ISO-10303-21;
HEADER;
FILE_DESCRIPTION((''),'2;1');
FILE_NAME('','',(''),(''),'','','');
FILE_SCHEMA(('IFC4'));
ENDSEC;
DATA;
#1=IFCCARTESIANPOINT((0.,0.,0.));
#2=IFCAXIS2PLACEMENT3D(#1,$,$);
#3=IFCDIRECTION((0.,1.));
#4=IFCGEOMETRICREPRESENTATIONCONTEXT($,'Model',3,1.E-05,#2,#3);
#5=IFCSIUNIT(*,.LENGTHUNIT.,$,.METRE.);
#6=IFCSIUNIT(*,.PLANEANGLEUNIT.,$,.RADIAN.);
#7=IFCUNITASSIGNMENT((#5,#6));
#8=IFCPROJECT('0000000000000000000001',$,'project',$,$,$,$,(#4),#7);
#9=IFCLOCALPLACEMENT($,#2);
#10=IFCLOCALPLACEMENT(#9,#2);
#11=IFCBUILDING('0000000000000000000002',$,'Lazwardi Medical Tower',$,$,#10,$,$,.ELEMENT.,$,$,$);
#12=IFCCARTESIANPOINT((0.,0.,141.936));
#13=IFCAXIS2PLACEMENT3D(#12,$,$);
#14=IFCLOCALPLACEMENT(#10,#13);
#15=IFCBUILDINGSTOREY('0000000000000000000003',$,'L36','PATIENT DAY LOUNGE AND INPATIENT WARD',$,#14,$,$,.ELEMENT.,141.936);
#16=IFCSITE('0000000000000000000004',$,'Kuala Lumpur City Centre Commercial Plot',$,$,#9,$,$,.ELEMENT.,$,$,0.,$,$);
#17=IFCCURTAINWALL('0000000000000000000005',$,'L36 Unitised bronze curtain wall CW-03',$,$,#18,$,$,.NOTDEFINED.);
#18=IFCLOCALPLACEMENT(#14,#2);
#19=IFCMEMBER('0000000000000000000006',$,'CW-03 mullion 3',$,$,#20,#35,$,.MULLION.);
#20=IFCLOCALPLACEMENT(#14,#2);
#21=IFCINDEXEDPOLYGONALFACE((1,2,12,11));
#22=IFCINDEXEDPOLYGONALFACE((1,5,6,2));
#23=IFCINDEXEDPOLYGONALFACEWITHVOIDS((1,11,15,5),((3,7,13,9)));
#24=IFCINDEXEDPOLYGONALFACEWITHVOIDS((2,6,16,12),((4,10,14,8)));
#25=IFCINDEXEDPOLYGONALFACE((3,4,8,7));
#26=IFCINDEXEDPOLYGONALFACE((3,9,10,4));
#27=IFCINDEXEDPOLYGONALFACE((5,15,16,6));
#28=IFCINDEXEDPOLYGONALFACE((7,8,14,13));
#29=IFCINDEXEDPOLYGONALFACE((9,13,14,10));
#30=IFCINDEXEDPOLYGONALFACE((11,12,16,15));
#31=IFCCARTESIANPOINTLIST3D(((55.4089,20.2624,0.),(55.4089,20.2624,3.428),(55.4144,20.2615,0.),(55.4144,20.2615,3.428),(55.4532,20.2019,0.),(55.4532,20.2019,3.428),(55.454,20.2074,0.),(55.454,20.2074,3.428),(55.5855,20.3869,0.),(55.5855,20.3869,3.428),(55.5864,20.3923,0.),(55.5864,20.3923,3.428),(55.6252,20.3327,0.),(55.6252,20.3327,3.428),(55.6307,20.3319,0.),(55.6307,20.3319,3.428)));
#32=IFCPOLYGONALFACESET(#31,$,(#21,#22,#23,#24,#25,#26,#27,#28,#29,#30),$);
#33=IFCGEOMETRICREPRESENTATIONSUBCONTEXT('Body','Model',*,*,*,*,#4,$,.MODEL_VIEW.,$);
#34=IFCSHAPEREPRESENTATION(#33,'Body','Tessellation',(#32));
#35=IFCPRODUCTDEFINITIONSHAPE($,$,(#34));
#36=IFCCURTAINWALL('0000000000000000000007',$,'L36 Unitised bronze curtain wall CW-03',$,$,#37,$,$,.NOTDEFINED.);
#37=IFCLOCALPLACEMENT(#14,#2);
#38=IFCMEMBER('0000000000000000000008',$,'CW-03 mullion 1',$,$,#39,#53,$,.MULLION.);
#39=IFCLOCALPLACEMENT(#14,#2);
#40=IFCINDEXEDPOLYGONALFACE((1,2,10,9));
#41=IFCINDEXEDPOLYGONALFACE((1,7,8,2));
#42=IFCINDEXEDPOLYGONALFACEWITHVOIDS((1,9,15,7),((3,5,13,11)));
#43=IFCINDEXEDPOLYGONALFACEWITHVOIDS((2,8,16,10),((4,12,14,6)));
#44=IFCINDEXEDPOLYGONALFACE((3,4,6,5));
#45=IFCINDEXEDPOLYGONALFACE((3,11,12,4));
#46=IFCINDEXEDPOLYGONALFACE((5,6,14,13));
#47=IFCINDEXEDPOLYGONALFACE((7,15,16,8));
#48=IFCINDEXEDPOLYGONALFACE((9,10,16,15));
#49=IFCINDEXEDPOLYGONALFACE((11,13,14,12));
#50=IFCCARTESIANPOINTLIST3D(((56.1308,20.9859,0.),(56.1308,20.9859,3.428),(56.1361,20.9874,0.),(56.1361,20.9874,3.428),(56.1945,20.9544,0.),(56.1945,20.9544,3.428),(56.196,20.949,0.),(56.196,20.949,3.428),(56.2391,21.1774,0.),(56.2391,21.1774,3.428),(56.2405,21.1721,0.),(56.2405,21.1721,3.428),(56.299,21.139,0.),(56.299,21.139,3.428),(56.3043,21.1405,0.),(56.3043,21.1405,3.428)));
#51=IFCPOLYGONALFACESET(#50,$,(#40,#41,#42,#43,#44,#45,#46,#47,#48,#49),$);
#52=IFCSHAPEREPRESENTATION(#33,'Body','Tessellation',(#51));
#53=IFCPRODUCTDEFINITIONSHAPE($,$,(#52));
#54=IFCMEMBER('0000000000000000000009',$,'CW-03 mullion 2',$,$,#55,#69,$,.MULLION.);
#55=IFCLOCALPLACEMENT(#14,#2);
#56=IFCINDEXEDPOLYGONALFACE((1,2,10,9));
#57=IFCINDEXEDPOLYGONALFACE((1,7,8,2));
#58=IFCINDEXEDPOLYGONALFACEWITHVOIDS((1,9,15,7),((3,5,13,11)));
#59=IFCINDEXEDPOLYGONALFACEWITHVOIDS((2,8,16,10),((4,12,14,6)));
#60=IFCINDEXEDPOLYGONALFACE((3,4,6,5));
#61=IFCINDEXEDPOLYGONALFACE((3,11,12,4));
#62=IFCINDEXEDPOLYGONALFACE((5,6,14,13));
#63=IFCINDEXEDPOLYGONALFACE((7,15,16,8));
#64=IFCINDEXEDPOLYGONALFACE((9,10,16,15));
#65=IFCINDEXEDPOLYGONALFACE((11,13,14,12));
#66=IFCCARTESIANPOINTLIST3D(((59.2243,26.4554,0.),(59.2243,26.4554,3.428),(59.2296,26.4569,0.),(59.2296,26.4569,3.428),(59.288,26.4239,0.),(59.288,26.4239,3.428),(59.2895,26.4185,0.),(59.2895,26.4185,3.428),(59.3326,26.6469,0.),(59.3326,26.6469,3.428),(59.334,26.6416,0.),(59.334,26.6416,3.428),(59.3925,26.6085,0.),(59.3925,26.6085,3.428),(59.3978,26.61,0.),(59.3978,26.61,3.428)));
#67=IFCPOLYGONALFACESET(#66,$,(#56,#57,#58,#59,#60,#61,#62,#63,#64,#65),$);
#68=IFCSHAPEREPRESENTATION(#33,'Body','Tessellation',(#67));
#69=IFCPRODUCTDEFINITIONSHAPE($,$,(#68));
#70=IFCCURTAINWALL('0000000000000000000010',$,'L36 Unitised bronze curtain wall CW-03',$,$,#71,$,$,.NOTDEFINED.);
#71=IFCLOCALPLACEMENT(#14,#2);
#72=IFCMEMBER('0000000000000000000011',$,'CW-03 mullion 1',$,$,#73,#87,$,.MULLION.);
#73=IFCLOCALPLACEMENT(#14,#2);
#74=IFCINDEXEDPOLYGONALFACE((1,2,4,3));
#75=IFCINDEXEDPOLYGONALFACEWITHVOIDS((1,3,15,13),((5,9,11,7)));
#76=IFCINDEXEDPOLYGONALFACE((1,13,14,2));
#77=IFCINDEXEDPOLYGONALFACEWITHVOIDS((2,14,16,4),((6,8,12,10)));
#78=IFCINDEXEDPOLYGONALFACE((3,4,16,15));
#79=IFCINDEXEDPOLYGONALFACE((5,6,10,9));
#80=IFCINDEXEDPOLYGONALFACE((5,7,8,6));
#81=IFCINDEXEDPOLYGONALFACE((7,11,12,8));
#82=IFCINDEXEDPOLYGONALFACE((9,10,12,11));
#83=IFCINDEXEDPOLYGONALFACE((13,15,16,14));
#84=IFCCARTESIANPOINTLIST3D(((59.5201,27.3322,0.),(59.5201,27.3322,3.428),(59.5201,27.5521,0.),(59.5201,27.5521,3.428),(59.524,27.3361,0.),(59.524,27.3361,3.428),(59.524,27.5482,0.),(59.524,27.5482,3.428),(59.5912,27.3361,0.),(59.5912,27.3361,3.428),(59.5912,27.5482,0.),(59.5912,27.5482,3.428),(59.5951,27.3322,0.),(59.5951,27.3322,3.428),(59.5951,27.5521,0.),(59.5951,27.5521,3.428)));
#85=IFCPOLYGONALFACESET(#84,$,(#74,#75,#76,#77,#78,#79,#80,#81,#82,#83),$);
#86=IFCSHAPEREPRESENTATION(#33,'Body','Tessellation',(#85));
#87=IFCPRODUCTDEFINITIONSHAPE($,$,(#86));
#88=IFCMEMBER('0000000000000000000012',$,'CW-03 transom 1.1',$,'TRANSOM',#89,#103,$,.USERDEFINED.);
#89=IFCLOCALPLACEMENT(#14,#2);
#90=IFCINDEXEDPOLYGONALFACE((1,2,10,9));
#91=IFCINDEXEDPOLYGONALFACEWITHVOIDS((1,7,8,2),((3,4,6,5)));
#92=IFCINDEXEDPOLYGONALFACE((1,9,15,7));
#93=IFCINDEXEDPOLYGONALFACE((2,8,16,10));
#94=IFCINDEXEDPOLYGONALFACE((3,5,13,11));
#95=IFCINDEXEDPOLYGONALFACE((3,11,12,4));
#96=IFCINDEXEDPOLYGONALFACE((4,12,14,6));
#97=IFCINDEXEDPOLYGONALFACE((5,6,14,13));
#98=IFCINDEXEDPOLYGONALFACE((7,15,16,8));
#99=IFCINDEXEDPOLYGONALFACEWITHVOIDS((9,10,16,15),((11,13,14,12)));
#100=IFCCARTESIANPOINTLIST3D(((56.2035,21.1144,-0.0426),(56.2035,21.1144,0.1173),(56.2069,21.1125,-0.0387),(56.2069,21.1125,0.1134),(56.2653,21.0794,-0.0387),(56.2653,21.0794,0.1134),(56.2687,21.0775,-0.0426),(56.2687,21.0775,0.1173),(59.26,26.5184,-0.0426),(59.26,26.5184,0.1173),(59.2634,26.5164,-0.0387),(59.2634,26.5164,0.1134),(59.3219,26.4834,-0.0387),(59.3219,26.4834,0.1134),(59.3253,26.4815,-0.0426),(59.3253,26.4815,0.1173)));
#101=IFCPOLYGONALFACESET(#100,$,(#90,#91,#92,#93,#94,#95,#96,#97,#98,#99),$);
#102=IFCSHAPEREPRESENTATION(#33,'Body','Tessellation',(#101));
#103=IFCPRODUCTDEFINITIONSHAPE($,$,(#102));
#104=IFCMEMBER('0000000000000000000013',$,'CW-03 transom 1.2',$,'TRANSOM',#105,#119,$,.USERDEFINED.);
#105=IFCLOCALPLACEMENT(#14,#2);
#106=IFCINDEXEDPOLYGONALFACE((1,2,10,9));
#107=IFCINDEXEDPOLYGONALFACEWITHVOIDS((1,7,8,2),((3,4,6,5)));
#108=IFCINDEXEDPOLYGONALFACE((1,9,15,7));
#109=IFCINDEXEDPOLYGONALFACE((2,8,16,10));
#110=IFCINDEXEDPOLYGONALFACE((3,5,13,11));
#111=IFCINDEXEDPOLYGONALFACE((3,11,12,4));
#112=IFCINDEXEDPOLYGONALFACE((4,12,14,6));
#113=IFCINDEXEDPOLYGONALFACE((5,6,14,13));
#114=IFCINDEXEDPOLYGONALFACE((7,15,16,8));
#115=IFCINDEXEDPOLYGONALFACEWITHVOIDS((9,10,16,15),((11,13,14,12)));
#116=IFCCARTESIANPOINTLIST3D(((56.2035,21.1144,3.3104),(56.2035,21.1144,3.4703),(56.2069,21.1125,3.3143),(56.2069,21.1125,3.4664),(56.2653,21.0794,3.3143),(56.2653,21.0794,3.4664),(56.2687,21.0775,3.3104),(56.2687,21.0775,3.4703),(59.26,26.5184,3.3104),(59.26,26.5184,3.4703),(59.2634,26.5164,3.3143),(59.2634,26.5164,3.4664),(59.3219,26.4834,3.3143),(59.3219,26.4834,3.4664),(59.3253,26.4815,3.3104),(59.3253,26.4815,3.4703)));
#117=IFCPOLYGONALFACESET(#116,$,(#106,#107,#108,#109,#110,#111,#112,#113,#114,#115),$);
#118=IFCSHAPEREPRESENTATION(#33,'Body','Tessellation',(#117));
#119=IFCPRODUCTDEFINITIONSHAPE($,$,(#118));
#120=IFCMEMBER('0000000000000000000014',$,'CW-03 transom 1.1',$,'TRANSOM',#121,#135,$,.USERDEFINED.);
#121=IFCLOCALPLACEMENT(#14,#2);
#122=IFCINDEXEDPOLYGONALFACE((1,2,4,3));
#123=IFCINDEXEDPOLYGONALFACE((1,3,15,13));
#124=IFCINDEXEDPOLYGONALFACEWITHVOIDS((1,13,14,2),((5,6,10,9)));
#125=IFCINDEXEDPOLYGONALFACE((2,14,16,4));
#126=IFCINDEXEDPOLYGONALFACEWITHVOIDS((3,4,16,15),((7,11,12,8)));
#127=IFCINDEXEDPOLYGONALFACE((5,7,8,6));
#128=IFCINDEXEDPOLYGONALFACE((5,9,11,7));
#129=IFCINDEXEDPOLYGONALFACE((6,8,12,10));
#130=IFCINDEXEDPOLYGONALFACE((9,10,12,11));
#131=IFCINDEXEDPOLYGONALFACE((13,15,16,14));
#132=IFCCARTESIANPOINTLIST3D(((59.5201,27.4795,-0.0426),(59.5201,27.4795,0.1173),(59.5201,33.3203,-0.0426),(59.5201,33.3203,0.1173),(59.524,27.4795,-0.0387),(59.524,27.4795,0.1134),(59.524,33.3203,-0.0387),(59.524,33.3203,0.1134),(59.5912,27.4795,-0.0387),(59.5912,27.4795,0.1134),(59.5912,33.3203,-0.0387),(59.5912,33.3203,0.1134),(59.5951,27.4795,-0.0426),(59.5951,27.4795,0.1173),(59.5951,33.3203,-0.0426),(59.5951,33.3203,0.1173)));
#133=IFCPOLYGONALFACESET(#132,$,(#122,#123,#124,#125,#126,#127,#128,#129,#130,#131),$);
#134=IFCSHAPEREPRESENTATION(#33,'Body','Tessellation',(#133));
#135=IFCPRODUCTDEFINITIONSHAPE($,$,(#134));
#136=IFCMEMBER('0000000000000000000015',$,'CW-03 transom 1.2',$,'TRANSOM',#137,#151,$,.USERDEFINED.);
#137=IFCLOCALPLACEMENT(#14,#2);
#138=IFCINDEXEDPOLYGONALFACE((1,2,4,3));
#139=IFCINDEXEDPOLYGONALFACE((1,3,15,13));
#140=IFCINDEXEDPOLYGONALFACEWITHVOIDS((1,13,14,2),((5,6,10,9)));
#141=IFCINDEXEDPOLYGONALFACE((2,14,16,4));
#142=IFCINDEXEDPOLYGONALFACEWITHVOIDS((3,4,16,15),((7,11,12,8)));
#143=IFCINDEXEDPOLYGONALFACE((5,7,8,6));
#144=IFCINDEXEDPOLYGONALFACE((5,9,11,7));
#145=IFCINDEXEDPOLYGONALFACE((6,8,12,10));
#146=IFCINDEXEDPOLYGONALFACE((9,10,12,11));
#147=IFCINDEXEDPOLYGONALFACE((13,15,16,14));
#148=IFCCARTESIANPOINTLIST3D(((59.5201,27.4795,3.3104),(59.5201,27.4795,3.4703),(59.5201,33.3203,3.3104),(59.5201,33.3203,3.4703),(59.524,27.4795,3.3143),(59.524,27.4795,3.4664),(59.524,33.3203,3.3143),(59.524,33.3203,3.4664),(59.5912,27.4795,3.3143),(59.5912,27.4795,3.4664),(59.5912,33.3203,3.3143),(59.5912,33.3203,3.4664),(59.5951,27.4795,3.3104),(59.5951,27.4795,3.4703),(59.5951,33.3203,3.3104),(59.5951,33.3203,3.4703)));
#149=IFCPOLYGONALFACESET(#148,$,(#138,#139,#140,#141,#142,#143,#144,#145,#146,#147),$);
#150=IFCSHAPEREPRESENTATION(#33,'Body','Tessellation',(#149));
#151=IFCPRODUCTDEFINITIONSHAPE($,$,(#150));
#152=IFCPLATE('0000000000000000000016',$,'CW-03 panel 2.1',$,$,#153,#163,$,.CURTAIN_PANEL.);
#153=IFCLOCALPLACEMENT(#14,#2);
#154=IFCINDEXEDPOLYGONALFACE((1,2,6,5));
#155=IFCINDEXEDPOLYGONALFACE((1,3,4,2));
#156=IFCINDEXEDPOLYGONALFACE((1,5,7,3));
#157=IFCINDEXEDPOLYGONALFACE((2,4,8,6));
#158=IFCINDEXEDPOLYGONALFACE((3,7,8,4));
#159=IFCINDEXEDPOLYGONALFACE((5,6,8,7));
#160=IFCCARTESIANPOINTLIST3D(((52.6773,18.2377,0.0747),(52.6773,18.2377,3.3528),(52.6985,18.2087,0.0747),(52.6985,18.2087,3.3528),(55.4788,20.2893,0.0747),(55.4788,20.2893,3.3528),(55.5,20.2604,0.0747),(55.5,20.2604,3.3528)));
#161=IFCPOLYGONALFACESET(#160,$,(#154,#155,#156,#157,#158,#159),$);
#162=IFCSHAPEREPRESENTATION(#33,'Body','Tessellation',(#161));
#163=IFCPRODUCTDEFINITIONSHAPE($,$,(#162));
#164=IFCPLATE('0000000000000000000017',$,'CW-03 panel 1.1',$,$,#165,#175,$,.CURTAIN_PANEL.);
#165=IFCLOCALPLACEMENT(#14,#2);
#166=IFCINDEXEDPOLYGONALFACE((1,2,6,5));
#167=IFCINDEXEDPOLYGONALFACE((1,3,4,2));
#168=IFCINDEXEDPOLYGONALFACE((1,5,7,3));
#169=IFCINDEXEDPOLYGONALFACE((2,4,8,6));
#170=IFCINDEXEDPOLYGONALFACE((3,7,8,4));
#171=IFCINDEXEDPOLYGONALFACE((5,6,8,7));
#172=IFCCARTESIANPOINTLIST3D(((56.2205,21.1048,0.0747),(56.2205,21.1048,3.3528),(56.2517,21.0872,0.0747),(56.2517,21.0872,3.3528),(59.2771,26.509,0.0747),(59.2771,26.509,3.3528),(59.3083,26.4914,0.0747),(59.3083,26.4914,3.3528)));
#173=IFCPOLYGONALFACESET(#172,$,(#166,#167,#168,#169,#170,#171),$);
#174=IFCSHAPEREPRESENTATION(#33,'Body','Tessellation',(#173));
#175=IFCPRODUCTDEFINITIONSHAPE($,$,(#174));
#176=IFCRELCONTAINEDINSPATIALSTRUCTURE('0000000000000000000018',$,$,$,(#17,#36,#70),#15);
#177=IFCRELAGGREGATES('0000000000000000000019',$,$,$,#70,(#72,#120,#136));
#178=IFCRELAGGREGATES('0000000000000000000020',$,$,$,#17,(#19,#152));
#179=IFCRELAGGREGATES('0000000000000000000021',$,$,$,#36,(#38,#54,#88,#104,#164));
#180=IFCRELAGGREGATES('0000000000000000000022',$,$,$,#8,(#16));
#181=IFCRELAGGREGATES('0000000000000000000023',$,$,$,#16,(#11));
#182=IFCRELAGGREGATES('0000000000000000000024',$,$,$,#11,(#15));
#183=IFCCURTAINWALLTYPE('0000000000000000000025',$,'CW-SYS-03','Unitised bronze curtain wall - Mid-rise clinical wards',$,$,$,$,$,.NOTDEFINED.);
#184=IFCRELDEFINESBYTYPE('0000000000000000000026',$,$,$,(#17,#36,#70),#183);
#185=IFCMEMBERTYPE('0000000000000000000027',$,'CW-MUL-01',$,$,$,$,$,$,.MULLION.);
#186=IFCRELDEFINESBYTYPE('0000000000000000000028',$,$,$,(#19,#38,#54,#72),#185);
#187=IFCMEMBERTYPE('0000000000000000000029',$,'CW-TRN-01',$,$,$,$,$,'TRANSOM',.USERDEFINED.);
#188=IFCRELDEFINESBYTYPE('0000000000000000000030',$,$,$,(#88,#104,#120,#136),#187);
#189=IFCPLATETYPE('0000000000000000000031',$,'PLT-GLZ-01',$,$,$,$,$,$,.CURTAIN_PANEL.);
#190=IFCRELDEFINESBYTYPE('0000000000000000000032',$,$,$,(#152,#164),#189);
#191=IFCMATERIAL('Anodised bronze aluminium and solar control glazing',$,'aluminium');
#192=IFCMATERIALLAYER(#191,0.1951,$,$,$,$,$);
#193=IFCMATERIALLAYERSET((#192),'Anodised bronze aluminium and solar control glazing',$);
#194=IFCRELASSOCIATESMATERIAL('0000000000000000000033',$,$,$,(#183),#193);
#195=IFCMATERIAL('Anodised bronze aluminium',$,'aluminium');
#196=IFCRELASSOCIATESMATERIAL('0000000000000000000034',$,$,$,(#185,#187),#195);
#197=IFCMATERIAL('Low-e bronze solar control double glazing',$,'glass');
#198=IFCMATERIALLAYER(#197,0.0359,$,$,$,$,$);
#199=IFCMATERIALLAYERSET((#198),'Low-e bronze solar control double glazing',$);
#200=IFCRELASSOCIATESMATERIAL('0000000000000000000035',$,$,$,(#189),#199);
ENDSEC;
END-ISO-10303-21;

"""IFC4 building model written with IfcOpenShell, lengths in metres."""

from ifc_helpers import new_model, si_unit, direction, frame, origin, origin_2d, place, context, subcontext, project, spatial, rectangle, hollow_rectangle, extrude, material, layer, layer_set, material_profile, profile_set, type_object, element, aggregate, save


model = new_model("IFC4")

# Units and contexts
model_context = context("Model", 3, precision=1e-05, world=origin(), true_north=direction((0.0, 1.0)))
body_context = subcontext(model_context, "Body", "Model", "MODEL_VIEW")
ifc_project = project(units=[si_unit("LENGTHUNIT", "METRE"), si_unit("PLANEANGLEUNIT", "RADIAN")], contexts=[model_context])

# Site, building, storey
site_placement = place(None, origin())
site = spatial("IfcSite", under=ifc_project, at=site_placement, Name="Kuala Lumpur City Centre Commercial Plot", CompositionType="ELEMENT", RefElevation=0.0)
building_placement = place(site_placement, origin())
building = spatial("IfcBuilding", under=site, at=building_placement, Name="Lazwardi Medical Tower", CompositionType="ELEMENT")
storey_placement = place(building_placement, frame((0.0, 0.0, 141.936)))
storey = spatial("IfcBuildingStorey", under=building, at=storey_placement, Name="L36", Description="PATIENT DAY LOUNGE AND INPATIENT WARD", CompositionType="ELEMENT", Elevation=141.936)

# Curtain wall, member
ifc_material_1 = material(Name="Anodised bronze aluminium and solar control glazing", Category="aluminium")
ifc_layer_1 = layer(ifc_material_1, 0.1951)
ifc_layer_set_1 = layer_set([ifc_layer_1], Name="Anodised bronze aluminium and solar control glazing")
curtain_wall_type = type_object("IfcCurtainWallType", Name="CW-SYS-03", Description="Unitised bronze curtain wall - Mid-rise clinical wards", PredefinedType="NOTDEFINED", material=ifc_layer_set_1)
curtain_wall_1_placement = place(storey_placement, origin())
curtain_wall_1 = element("IfcCurtainWall", 1, at=curtain_wall_1_placement, inside=storey, type_object=curtain_wall_type, Name="L36 Unitised bronze curtain wall CW-03", PredefinedType="NOTDEFINED")
ifc_material_2 = material(Name="Anodised bronze aluminium", Category="aluminium")
ifc_material_profile_1 = material_profile(ifc_material_2, hollow_rectangle(XDim=0.075, YDim=0.22, WallThickness=0.0039, at=origin_2d()), Name="ALU-MULLION 220x75x4")
ifc_profile_set_1 = profile_set([ifc_material_profile_1], Name="Anodised bronze aluminium")
member_type_1 = type_object("IfcMemberType", Name="CW-MUL-01", PredefinedType="MULLION", material=ifc_profile_set_1)
member_1_placement = place(storey_placement, frame((55.5198, 20.2971, 0.0), z_axis=(0.0, 0.0, 1.0), x_axis=(-0.590834, 0.806793, 0.0)))
member_1 = element("IfcMember", 2, at=member_1_placement, type_object=member_type_1, Name="CW-03 mullion 3", PredefinedType="MULLION", context=body_context, shape_type="SweptSolid", body=[
    extrude(hollow_rectangle(XDim=0.075, YDim=0.22, WallThickness=0.0039, at=origin_2d()), origin(), (0.0, 0.0, 1.0), 3.428),
])

# Curtain wall, members
curtain_wall_2_placement = place(storey_placement, origin())
curtain_wall_2 = element("IfcCurtainWall", 3, at=curtain_wall_2_placement, inside=storey, type_object=curtain_wall_type, Name="L36 Unitised bronze curtain wall CW-03", PredefinedType="NOTDEFINED")
member_2_placement = place(storey_placement, frame((56.2175, 21.0632, 0.0), z_axis=(0.0, 0.0, 1.0), x_axis=(-0.870419, 0.492312, 0.0)))
member_2 = element("IfcMember", 4, at=member_2_placement, type_object=member_type_1, Name="CW-03 mullion 1", PredefinedType="MULLION", context=body_context, shape_type="SweptSolid", body=[
    extrude(hollow_rectangle(XDim=0.075, YDim=0.22, WallThickness=0.0039, at=origin_2d()), origin(), (0.0, 0.0, 1.0), 3.428),
])
member_3_placement = place(storey_placement, frame((59.311, 26.5327, 0.0), z_axis=(0.0, 0.0, 1.0), x_axis=(-0.870419, 0.492312, 0.0)))
member_3 = element("IfcMember", 5, at=member_3_placement, type_object=member_type_1, Name="CW-03 mullion 2", PredefinedType="MULLION", context=body_context, shape_type="SweptSolid", body=[
    extrude(hollow_rectangle(XDim=0.075, YDim=0.22, WallThickness=0.0039, at=origin_2d()), origin(), (0.0, 0.0, 1.0), 3.428),
])

# Curtain wall, member
curtain_wall_3_placement = place(storey_placement, origin())
curtain_wall_3 = element("IfcCurtainWall", 6, at=curtain_wall_3_placement, inside=storey, type_object=curtain_wall_type, Name="L36 Unitised bronze curtain wall CW-03", PredefinedType="NOTDEFINED")
member_4_placement = place(storey_placement, frame((59.5576, 27.4421, 0.0), z_axis=(0.0, 0.0, 1.0), x_axis=(-1.0, 0.0, 0.0)))
member_4 = element("IfcMember", 7, at=member_4_placement, type_object=member_type_1, Name="CW-03 mullion 1", PredefinedType="MULLION", context=body_context, shape_type="SweptSolid", body=[
    extrude(hollow_rectangle(XDim=0.075, YDim=0.22, WallThickness=0.0039, at=origin_2d()), origin(), (0.0, 0.0, 1.0), 3.428),
])

# Members
ifc_material_profile_2 = material_profile(ifc_material_2, hollow_rectangle(XDim=0.075, YDim=0.1599, WallThickness=0.0039, at=origin_2d()), Name="ALU-TRANSOM 160x75x4")
ifc_profile_set_2 = profile_set([ifc_material_profile_2], Name="Anodised bronze aluminium")
member_type_2 = type_object("IfcMemberType", Name="CW-TRN-01", ElementType="TRANSOM", PredefinedType="USERDEFINED", material=ifc_profile_set_2)
member_5_placement = place(storey_placement, frame((56.2361, 21.0959, 0.0374), z_axis=(0.492323, 0.870413, 0.0), x_axis=(-0.870413, 0.492323, 0.0)))
member_5 = element("IfcMember", 8, at=member_5_placement, type_object=member_type_2, Name="CW-03 transom 1.1", ObjectType="TRANSOM", PredefinedType="USERDEFINED", context=body_context, shape_type="SweptSolid", body=[
    extrude(hollow_rectangle(XDim=0.075, YDim=0.1599, WallThickness=0.0039, at=origin_2d()), origin(), (0.0, 0.0, 1.0), 6.2085),
])
member_6_placement = place(storey_placement, frame((56.2361, 21.0959, 3.3904), z_axis=(0.492323, 0.870413, 0.0), x_axis=(-0.870413, 0.492323, 0.0)))
member_6 = element("IfcMember", 9, at=member_6_placement, type_object=member_type_2, Name="CW-03 transom 1.2", ObjectType="TRANSOM", PredefinedType="USERDEFINED", context=body_context, shape_type="SweptSolid", body=[
    extrude(hollow_rectangle(XDim=0.075, YDim=0.1599, WallThickness=0.0039, at=origin_2d()), origin(), (0.0, 0.0, 1.0), 6.2085),
])
member_7_placement = place(storey_placement, frame((59.5576, 27.4795, 0.0374), z_axis=(0.0, 1.0, 0.0), x_axis=(-1.0, 0.0, 0.0)))
member_7 = element("IfcMember", 10, at=member_7_placement, type_object=member_type_2, Name="CW-03 transom 1.1", ObjectType="TRANSOM", PredefinedType="USERDEFINED", context=body_context, shape_type="SweptSolid", body=[
    extrude(hollow_rectangle(XDim=0.075, YDim=0.1599, WallThickness=0.0039, at=origin_2d()), origin(), (0.0, 0.0, 1.0), 5.8408),
])
member_8_placement = place(storey_placement, frame((59.5576, 27.4795, 3.3904), z_axis=(0.0, 1.0, 0.0), x_axis=(-1.0, 0.0, 0.0)))
member_8 = element("IfcMember", 11, at=member_8_placement, type_object=member_type_2, Name="CW-03 transom 1.2", ObjectType="TRANSOM", PredefinedType="USERDEFINED", context=body_context, shape_type="SweptSolid", body=[
    extrude(hollow_rectangle(XDim=0.075, YDim=0.1599, WallThickness=0.0039, at=origin_2d()), origin(), (0.0, 0.0, 1.0), 5.8408),
])
aggregate(curtain_wall_3, [member_4, member_7, member_8])

# Plates
ifc_material_3 = material(Name="Low-e bronze solar control double glazing", Category="glass")
ifc_layer_2 = layer(ifc_material_3, 0.0359)
ifc_layer_set_2 = layer_set([ifc_layer_2], Name="Low-e bronze solar control double glazing")
plate_type = type_object("IfcPlateType", Name="PLT-GLZ-01", PredefinedType="CURTAIN_PANEL", material=ifc_layer_set_2)
plate_1_placement = place(storey_placement, frame((54.0886, 19.249, 0.0747), z_axis=(0.0, 0.0, 1.0), x_axis=(0.806793, 0.590834, 0.0)))
plate_1 = element("IfcPlate", 12, at=plate_1_placement, type_object=plate_type, Name="CW-03 panel 2.1", PredefinedType="CURTAIN_PANEL", context=body_context, shape_type="SweptSolid", body=[
    extrude(rectangle(XDim=3.4724, YDim=0.0359, at=origin_2d()), origin(), (0.0, 0.0, 1.0), 3.2781),
])
aggregate(curtain_wall_1, [member_1, plate_1])
plate_2_placement = place(storey_placement, frame((57.7644, 23.7981, 0.0747), z_axis=(0.0, 0.0, 1.0), x_axis=(0.492312, 0.870419, 0.0)))
plate_2 = element("IfcPlate", 13, at=plate_2_placement, type_object=plate_type, Name="CW-03 panel 1.1", PredefinedType="CURTAIN_PANEL", context=body_context, shape_type="SweptSolid", body=[
    extrude(rectangle(XDim=6.2087, YDim=0.0359, at=origin_2d()), origin(), (0.0, 0.0, 1.0), 3.2781),
])
aggregate(curtain_wall_2, [member_2, member_3, member_5, member_6, plate_2])

save(model, "model.ifc")
